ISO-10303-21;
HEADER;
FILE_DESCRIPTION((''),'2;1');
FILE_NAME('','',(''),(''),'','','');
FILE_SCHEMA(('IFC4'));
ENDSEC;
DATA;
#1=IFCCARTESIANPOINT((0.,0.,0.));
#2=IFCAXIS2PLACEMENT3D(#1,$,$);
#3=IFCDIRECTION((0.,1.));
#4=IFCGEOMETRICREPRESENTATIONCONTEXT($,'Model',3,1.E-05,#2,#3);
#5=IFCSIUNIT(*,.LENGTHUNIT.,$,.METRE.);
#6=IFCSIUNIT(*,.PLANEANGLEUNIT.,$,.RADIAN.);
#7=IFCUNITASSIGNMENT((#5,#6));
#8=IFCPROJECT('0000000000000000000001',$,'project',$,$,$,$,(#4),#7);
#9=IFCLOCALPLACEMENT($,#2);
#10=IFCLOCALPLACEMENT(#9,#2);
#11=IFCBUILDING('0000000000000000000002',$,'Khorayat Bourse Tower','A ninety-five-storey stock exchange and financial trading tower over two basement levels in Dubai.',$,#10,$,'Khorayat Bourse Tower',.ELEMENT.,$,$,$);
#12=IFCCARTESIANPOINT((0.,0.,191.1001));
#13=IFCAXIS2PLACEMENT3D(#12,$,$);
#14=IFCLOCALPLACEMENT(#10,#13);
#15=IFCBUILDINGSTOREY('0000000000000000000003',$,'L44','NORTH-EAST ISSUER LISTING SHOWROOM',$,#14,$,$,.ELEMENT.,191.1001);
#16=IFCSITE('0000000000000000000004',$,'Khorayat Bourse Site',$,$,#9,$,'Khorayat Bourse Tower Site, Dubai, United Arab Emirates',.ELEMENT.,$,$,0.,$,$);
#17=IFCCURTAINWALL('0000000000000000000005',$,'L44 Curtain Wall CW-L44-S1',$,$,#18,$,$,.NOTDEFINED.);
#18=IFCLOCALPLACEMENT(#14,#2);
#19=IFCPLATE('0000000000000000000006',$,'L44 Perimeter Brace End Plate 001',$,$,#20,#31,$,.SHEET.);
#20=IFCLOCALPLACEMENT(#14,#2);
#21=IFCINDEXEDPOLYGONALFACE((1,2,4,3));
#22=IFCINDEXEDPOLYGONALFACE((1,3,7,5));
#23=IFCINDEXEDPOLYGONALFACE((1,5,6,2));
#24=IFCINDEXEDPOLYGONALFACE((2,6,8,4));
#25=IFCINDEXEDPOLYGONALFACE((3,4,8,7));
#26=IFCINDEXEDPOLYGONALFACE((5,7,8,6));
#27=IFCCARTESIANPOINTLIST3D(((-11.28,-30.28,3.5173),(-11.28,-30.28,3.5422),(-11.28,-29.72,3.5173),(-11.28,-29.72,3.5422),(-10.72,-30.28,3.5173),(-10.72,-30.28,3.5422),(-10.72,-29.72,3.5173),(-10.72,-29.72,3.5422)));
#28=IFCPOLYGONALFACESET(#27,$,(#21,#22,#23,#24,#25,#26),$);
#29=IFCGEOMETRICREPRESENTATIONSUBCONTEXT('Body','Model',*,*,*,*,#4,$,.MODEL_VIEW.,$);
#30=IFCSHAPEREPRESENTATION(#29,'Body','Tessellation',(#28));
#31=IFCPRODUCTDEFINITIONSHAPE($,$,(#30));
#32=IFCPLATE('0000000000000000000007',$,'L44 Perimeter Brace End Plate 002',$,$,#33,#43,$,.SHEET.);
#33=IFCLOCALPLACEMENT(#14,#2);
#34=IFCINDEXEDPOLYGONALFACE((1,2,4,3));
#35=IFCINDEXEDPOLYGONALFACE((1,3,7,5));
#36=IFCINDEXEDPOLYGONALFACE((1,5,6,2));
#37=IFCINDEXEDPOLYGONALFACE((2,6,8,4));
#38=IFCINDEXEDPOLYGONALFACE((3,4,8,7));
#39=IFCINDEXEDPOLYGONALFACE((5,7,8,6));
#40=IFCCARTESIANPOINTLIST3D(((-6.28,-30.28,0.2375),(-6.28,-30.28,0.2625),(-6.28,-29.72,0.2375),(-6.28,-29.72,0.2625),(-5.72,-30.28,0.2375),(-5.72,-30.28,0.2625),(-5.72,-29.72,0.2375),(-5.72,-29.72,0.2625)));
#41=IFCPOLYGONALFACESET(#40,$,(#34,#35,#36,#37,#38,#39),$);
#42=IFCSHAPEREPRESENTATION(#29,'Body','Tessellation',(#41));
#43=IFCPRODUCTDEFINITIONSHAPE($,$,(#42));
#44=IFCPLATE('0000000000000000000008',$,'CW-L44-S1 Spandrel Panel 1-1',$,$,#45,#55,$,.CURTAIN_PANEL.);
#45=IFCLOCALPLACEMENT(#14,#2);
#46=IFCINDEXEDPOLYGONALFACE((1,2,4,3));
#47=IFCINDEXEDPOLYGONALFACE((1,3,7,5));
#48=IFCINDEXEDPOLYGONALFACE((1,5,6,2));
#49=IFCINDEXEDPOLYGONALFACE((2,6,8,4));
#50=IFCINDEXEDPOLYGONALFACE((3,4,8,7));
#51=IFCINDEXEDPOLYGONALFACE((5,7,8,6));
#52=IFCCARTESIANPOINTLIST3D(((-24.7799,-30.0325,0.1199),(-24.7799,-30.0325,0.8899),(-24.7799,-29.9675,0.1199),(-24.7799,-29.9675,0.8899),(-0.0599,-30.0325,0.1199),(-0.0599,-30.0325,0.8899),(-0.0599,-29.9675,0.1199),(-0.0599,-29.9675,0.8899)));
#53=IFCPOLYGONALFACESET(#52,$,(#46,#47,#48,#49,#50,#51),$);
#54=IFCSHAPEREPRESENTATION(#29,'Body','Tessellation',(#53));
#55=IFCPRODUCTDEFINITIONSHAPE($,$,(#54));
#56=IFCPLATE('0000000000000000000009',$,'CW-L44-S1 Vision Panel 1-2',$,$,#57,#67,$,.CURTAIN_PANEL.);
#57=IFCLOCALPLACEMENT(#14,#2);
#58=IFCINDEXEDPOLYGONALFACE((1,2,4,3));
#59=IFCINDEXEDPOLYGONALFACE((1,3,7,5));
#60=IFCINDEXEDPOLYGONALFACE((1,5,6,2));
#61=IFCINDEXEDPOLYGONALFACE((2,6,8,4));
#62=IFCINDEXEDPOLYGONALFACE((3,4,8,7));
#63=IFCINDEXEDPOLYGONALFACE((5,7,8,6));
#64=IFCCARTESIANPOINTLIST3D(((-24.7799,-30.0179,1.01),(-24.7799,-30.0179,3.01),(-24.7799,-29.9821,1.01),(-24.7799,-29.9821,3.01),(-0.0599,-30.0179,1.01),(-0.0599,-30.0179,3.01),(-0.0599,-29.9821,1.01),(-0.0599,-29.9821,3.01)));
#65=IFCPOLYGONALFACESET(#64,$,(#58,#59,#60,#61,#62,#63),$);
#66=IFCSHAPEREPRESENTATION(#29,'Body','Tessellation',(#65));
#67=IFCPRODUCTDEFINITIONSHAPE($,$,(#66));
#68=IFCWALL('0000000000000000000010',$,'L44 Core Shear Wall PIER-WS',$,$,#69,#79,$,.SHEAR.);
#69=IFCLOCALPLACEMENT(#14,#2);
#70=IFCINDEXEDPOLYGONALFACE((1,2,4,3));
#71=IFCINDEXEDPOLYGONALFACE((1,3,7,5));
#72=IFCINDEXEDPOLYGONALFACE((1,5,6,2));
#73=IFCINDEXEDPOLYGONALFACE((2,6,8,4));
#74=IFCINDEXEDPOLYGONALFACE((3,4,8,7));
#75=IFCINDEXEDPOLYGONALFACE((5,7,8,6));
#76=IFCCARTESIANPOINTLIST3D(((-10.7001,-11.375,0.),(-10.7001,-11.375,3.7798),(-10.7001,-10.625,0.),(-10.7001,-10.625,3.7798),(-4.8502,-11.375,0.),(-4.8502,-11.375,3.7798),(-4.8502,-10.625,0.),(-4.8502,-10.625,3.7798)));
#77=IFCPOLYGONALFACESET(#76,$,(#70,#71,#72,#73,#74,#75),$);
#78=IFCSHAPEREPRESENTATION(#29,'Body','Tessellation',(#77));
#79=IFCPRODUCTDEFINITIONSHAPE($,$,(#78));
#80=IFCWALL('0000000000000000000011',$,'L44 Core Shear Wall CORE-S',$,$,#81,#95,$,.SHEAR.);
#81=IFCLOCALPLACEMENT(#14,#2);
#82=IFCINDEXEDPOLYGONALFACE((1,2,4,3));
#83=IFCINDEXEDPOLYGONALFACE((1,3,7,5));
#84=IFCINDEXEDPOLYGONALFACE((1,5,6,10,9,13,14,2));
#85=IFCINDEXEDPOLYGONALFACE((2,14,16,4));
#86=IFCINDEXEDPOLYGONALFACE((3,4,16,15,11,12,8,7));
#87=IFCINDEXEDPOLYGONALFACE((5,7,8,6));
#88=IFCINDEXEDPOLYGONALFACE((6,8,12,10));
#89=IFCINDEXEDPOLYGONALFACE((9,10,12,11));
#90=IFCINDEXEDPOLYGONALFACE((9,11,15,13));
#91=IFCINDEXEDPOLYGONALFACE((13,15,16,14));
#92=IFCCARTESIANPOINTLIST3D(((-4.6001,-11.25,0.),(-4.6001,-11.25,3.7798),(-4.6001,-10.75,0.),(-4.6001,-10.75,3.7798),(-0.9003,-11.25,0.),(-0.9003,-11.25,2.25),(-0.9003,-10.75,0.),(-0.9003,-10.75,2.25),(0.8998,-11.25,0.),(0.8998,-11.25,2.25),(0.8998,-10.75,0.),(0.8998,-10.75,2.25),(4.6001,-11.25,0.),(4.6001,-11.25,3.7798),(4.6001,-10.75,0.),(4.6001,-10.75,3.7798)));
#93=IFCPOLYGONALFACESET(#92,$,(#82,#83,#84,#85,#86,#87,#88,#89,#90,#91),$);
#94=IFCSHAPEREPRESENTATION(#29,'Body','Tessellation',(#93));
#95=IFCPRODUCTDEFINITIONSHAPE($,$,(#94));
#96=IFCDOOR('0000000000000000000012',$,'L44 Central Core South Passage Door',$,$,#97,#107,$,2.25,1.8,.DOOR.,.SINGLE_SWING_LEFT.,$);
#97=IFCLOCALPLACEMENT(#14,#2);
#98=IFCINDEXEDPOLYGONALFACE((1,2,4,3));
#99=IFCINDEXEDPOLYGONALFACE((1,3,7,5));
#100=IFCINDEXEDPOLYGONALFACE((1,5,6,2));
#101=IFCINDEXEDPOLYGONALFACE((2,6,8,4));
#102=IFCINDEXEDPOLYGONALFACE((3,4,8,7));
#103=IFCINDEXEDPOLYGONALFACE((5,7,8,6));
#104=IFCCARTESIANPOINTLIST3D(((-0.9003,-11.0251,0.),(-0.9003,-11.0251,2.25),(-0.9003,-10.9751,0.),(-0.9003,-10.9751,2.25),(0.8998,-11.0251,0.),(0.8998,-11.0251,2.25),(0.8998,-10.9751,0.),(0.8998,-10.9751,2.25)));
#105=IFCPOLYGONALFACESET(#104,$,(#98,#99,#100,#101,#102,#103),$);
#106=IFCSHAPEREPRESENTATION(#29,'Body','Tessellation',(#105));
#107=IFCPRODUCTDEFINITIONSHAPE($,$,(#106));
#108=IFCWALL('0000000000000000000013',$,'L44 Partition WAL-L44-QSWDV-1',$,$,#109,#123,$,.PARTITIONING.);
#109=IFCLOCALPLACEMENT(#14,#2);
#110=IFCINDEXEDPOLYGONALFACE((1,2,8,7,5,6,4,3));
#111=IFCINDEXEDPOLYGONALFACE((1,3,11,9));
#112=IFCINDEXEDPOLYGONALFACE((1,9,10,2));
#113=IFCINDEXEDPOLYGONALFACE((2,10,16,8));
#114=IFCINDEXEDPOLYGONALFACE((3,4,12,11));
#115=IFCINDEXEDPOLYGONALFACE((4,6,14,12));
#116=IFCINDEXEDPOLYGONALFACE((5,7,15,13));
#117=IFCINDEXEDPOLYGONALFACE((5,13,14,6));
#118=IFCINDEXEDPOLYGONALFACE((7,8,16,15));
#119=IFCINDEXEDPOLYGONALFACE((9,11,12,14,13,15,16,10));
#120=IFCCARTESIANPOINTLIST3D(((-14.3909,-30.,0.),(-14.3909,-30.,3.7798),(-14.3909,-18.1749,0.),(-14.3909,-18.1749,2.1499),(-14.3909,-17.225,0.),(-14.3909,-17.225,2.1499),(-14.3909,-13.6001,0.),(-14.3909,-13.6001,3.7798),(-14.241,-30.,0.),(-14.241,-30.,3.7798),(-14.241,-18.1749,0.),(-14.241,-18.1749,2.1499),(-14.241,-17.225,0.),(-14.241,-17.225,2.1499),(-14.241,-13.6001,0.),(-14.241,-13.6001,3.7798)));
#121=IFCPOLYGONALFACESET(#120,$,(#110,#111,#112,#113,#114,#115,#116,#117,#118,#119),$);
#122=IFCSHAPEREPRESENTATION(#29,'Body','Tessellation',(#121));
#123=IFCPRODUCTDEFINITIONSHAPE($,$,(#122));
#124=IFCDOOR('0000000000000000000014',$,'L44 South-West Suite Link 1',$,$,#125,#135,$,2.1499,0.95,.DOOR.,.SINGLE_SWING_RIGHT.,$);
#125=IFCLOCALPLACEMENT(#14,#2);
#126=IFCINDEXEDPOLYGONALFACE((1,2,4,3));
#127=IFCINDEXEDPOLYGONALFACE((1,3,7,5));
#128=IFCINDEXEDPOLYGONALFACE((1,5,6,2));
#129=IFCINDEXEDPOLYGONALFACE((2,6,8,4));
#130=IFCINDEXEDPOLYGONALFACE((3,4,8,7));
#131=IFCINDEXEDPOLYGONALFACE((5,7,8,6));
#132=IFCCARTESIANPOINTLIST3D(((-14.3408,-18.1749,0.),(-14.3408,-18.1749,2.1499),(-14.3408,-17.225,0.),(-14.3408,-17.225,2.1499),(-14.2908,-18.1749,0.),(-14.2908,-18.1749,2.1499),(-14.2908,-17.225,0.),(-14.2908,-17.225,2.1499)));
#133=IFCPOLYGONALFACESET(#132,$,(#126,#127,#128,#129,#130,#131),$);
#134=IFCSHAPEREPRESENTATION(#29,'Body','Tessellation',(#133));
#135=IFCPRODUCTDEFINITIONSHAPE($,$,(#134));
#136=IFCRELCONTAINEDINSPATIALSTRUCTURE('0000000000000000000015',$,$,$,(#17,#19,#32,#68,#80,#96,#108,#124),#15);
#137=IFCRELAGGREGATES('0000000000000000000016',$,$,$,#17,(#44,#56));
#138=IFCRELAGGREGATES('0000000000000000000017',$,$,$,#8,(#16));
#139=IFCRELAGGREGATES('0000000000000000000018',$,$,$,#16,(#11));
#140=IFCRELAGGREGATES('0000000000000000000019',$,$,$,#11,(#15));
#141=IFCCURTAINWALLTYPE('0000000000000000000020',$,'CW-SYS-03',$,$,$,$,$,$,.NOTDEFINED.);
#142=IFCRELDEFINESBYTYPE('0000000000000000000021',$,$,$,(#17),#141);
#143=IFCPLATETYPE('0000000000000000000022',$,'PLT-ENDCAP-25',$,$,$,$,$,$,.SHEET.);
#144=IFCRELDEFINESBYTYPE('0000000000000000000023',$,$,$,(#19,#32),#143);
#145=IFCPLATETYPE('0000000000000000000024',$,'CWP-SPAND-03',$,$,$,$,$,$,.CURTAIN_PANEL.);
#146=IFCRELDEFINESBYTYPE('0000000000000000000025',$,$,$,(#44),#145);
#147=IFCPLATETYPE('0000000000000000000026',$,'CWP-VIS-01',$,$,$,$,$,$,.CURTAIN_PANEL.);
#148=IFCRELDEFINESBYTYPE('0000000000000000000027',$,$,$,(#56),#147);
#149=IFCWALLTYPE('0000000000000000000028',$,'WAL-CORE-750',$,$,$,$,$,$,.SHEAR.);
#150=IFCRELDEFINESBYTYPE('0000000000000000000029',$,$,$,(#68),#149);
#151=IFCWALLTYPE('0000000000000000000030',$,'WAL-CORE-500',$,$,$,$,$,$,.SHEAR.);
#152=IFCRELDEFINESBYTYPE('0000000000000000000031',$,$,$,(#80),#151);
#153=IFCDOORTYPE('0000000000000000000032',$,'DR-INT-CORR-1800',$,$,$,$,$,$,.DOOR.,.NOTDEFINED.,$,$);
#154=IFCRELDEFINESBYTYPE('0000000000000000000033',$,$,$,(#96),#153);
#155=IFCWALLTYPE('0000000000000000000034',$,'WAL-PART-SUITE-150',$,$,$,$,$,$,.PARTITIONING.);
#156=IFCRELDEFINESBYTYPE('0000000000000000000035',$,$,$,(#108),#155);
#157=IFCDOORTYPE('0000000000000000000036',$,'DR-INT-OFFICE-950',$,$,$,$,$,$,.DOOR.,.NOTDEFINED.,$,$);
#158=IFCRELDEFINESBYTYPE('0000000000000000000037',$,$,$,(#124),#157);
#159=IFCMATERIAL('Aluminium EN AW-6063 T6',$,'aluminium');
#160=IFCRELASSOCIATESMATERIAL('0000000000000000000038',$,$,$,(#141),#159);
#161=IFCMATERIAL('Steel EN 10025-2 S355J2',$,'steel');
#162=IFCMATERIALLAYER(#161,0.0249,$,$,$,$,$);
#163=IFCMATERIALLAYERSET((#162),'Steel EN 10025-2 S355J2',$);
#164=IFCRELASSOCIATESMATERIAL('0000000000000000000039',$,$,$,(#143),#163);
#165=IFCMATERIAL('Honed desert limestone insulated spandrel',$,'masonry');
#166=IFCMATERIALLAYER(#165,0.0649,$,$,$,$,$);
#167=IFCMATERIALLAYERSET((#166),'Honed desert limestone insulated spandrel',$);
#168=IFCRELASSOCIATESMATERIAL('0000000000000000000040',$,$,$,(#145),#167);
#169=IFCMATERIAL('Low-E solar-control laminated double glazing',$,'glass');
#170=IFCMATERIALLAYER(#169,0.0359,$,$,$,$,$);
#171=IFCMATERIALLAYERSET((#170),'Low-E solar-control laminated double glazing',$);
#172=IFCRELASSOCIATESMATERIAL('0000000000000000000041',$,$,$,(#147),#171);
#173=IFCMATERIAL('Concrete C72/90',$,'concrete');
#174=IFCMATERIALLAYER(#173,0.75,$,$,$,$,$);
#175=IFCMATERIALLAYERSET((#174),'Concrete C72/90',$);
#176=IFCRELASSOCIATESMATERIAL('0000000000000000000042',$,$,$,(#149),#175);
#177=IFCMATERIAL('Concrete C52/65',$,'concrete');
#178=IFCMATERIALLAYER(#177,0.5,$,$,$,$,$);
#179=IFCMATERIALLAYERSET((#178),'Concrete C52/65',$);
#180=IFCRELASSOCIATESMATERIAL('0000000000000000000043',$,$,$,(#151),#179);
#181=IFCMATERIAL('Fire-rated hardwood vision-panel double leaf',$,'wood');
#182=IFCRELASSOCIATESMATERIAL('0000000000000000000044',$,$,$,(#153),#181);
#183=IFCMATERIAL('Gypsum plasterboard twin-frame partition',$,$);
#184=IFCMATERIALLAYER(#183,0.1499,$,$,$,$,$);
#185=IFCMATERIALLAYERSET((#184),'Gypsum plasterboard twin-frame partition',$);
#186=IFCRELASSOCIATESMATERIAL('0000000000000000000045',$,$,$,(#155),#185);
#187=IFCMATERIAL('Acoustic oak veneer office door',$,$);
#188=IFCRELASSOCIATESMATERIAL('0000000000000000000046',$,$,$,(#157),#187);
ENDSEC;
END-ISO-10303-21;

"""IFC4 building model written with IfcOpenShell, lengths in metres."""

from ifc_helpers import new_model, si_unit, direction, frame, frame_2d, origin, origin_2d, place, context, subcontext, project, spatial, rectangle, extrude, source, transform, mapped, material, layer, layer_set, type_object, element, fill, aggregate, save


model = new_model("IFC4")

# Units and contexts
model_context = context("Model", 3, precision=1e-05, world=origin(), true_north=direction((0.0, 1.0)))
body_context = subcontext(model_context, "Body", "Model", "MODEL_VIEW")
ifc_project = project(units=[si_unit("LENGTHUNIT", "METRE"), si_unit("PLANEANGLEUNIT", "RADIAN")], contexts=[model_context])

# Site, building, storey
site_placement = place(None, origin())
site = spatial("IfcSite", under=ifc_project, at=site_placement, Name="Khorayat Bourse Site", LongName="Khorayat Bourse Tower Site, Dubai, United Arab Emirates", CompositionType="ELEMENT", RefElevation=0.0)
building_placement = place(site_placement, origin())
building = spatial("IfcBuilding", under=site, at=building_placement, Name="Khorayat Bourse Tower", Description="A ninety-five-storey stock exchange and financial trading tower over two basement levels in Dubai.", LongName="Khorayat Bourse Tower", CompositionType="ELEMENT")
storey_placement = place(building_placement, frame((0.0, 0.0, 191.1001)))
storey = spatial("IfcBuildingStorey", under=building, at=storey_placement, Name="L44", Description="NORTH-EAST ISSUER LISTING SHOWROOM", CompositionType="ELEMENT", Elevation=191.1001)

# Shared definitions
ifc_material_1 = material(Name="Concrete C72/90", Category="concrete")

# Curtain wall
ifc_material_2 = material(Name="Aluminium EN AW-6063 T6", Category="aluminium")
curtain_wall_type = type_object("IfcCurtainWallType", Name="CW-SYS-03", PredefinedType="NOTDEFINED", material=ifc_material_2)
curtain_wall_placement = place(storey_placement, origin())
curtain_wall = element("IfcCurtainWall", 1, at=curtain_wall_placement, inside=storey, type_object=curtain_wall_type, Name="L44 Curtain Wall CW-L44-S1", PredefinedType="NOTDEFINED")

# Plates
ifc_material_3 = material(Name="Steel EN 10025-2 S355J2", Category="steel")
ifc_layer_1 = layer(ifc_material_3, 0.0249)
ifc_layer_set_1 = layer_set([ifc_layer_1], Name="Steel EN 10025-2 S355J2")
plate_type_1 = type_object("IfcPlateType", Name="PLT-ENDCAP-25", PredefinedType="SHEET", material=ifc_layer_set_1)
shared_shape_1 = source(origin(), body_context, "Body", "SweptSolid", [
    extrude(rectangle(XDim=0.5601, YDim=0.5601, at=origin_2d()), origin(), (0.0, 0.0, 1.0), 0.0249),
])
for number, where, z_axis, x_axis, name in (
    (2, (-11.0, -30.0, 3.5173), (0.0, 0.0, 1.0), (1.0, 0.0, 0.0), "L44 Perimeter Brace End Plate 001"),
    (3, (-6.0, -30.0, 0.2375), (0.0, 0.0, 1.0), (1.0, 0.0, 0.0), "L44 Perimeter Brace End Plate 002"),
):
    element("IfcPlate", number, at=place(storey_placement, frame(where, z_axis=z_axis, x_axis=x_axis)), inside=storey, type_object=plate_type_1, Name=name, PredefinedType="SHEET", context=body_context, shape_type="MappedRepresentation", body=[
        mapped(shared_shape_1, transform((0.0, 0.0, 0.0), scale=1.0)),
    ])

# Plates
ifc_material_4 = material(Name="Honed desert limestone insulated spandrel", Category="masonry")
ifc_layer_2 = layer(ifc_material_4, 0.0649)
ifc_layer_set_2 = layer_set([ifc_layer_2], Name="Honed desert limestone insulated spandrel")
plate_type_2 = type_object("IfcPlateType", Name="CWP-SPAND-03", PredefinedType="CURTAIN_PANEL", material=ifc_layer_set_2)
shared_shape_2 = source(origin(), body_context, "Body", "SweptSolid", [
    extrude(rectangle(XDim=24.72, YDim=0.0649, at=origin_2d()), origin(), (0.0, 0.0, 1.0), 0.77),
])
plate_1_placement = place(storey_placement, frame((-12.4199, -30.0, 0.1199), z_axis=(0.0, 0.0, 1.0), x_axis=(1.0, 0.0, 0.0)))
plate_1 = element("IfcPlate", 4, at=plate_1_placement, type_object=plate_type_2, Name="CW-L44-S1 Spandrel Panel 1-1", PredefinedType="CURTAIN_PANEL", context=body_context, shape_type="MappedRepresentation", body=[
    mapped(shared_shape_2, transform((0.0, 0.0, 0.0), scale=1.0)),
])
ifc_material_5 = material(Name="Low-E solar-control laminated double glazing", Category="glass")
ifc_layer_3 = layer(ifc_material_5, 0.0359)
ifc_layer_set_3 = layer_set([ifc_layer_3], Name="Low-E solar-control laminated double glazing")
plate_type_3 = type_object("IfcPlateType", Name="CWP-VIS-01", PredefinedType="CURTAIN_PANEL", material=ifc_layer_set_3)
shared_shape_3 = source(origin(), body_context, "Body", "SweptSolid", [
    extrude(rectangle(XDim=24.72, YDim=0.0359, at=origin_2d()), origin(), (0.0, 0.0, 1.0), 2.0),
])
plate_2_placement = place(storey_placement, frame((-12.4199, -30.0, 1.01), z_axis=(0.0, 0.0, 1.0), x_axis=(1.0, 0.0, 0.0)))
plate_2 = element("IfcPlate", 5, at=plate_2_placement, type_object=plate_type_3, Name="CW-L44-S1 Vision Panel 1-2", PredefinedType="CURTAIN_PANEL", context=body_context, shape_type="MappedRepresentation", body=[
    mapped(shared_shape_3, transform((0.0, 0.0, 0.0), scale=1.0)),
])
aggregate(curtain_wall, [plate_1, plate_2])

# Wall
ifc_layer_4 = layer(ifc_material_1, 0.75)
ifc_layer_set_4 = layer_set([ifc_layer_4], Name="Concrete C72/90")
wall_type_1 = type_object("IfcWallType", Name="WAL-CORE-750", PredefinedType="SHEAR", material=ifc_layer_set_4)
shared_shape_4 = source(origin(), body_context, "Body", "SweptSolid", [
    extrude(rectangle(XDim=5.8499, YDim=0.75, at=frame_2d((2.9248, 0.0))), origin(), (0.0, 0.0, 1.0), 3.7798),
])
wall_1_placement = place(storey_placement, frame((-10.7, -11.0, 0.0), z_axis=(0.0, 0.0, 1.0), x_axis=(1.0, 0.0, 0.0)))
element("IfcWall", 6, at=wall_1_placement, inside=storey, type_object=wall_type_1, Name="L44 Core Shear Wall PIER-WS", PredefinedType="SHEAR", context=body_context, shape_type="MappedRepresentation", body=[
    mapped(shared_shape_4, transform((0.0, 0.0, 0.0), scale=1.0)),
])

# Walls, openings, doors
ifc_material_6 = material(Name="Concrete C52/65", Category="concrete")
ifc_layer_5 = layer(ifc_material_6, 0.5)
ifc_layer_set_5 = layer_set([ifc_layer_5], Name="Concrete C52/65")
wall_type_2 = type_object("IfcWallType", Name="WAL-CORE-500", PredefinedType="SHEAR", material=ifc_layer_set_5)
shared_shape_5 = source(origin(), body_context, "Body", "SweptSolid", [
    extrude(rectangle(XDim=9.2002, YDim=0.5, at=frame_2d((4.6001, 0.0))), origin(), (0.0, 0.0, 1.0), 3.7798),
])
wall_2_placement = place(storey_placement, frame((-4.6001, -11.0, 0.0), z_axis=(0.0, 0.0, 1.0), x_axis=(1.0, 0.0, 0.0)))
wall_2 = element("IfcWall", 7, at=wall_2_placement, inside=storey, type_object=wall_type_2, Name="L44 Core Shear Wall CORE-S", PredefinedType="SHEAR", context=body_context, shape_type="MappedRepresentation", body=[
    mapped(shared_shape_5, transform((0.0, 0.0, 0.0), scale=1.0)),
])
shared_shape_6 = source(origin(), body_context, "Body", "SweptSolid", [
    extrude(rectangle(XDim=1.8, YDim=2.25, at=frame_2d((0.8999, 1.125))), frame((0.0, 0.26, 0.0), z_axis=(0.0, -1.0, 0.0), x_axis=(1.0, 0.0, 0.0)), (0.0, 0.0, 1.0), 0.52),
])
opening_1_placement = place(wall_2_placement, frame((3.7, 0.0, 0.0)))
opening_1 = element("IfcOpeningElement", 8, at=opening_1_placement, cuts=wall_2, PredefinedType="OPENING", context=body_context, shape_type="MappedRepresentation", body=[
    mapped(shared_shape_6, transform((0.0, 0.0, 0.0), scale=1.0)),
])
ifc_material_7 = material(Name="Fire-rated hardwood vision-panel double leaf", Category="wood")
door_type_1 = type_object("IfcDoorType", Name="DR-INT-CORR-1800", OperationType="NOTDEFINED", PredefinedType="DOOR", material=ifc_material_7)
shared_shape_7 = source(origin(), body_context, "Body", "SweptSolid", [
    extrude(rectangle(XDim=1.8, YDim=2.25, at=frame_2d((0.8999, 1.125))), frame((0.0, 0.0249, 0.0), z_axis=(0.0, -1.0, 0.0), x_axis=(1.0, 0.0, 0.0)), (0.0, 0.0, 1.0), 0.05),
])
door_1_placement = place(opening_1_placement, origin())
door_1 = element("IfcDoor", 9, at=door_1_placement, inside=storey, type_object=door_type_1, Name="L44 Central Core South Passage Door", OperationType="SINGLE_SWING_LEFT", OverallHeight=2.25, OverallWidth=1.8, PredefinedType="DOOR", context=body_context, shape_type="MappedRepresentation", body=[
    mapped(shared_shape_7, transform((0.0, 0.0, 0.0), scale=1.0)),
])
fill(opening_1, door_1)
ifc_material_8 = material(Name="Gypsum plasterboard twin-frame partition")
ifc_layer_6 = layer(ifc_material_8, 0.1499)
ifc_layer_set_6 = layer_set([ifc_layer_6], Name="Gypsum plasterboard twin-frame partition")
wall_type_3 = type_object("IfcWallType", Name="WAL-PART-SUITE-150", PredefinedType="PARTITIONING", material=ifc_layer_set_6)
shared_shape_8 = source(origin(), body_context, "Body", "SweptSolid", [
    extrude(rectangle(XDim=16.3999, YDim=0.1499, at=frame_2d((8.2, 0.0))), origin(), (0.0, 0.0, 1.0), 3.7798),
])
wall_3_placement = place(storey_placement, frame((-14.3159, -30.0, 0.0), z_axis=(0.0, 0.0, 1.0), x_axis=(0.0, 1.0, 0.0)))
wall_3 = element("IfcWall", 10, at=wall_3_placement, inside=storey, type_object=wall_type_3, Name="L44 Partition WAL-L44-QSWDV-1", PredefinedType="PARTITIONING", context=body_context, shape_type="MappedRepresentation", body=[
    mapped(shared_shape_8, transform((0.0, 0.0, 0.0), scale=1.0)),
])
shared_shape_9 = source(origin(), body_context, "Body", "SweptSolid", [
    extrude(rectangle(XDim=0.95, YDim=2.1499, at=frame_2d((0.4751, 1.075))), frame((0.0, 0.085, 0.0), z_axis=(0.0, -1.0, 0.0), x_axis=(1.0, 0.0, 0.0)), (0.0, 0.0, 1.0), 0.1699),
])
opening_2_placement = place(wall_3_placement, frame((11.825, 0.0, 0.0)))
opening_2 = element("IfcOpeningElement", 11, at=opening_2_placement, cuts=wall_3, PredefinedType="OPENING", context=body_context, shape_type="MappedRepresentation", body=[
    mapped(shared_shape_9, transform((0.0, 0.0, 0.0), scale=1.0)),
])
ifc_material_9 = material(Name="Acoustic oak veneer office door")
door_type_2 = type_object("IfcDoorType", Name="DR-INT-OFFICE-950", OperationType="NOTDEFINED", PredefinedType="DOOR", material=ifc_material_9)
shared_shape_10 = source(origin(), body_context, "Body", "SweptSolid", [
    extrude(rectangle(XDim=0.95, YDim=2.1499, at=frame_2d((0.4751, 1.075))), frame((0.0, 0.0249, 0.0), z_axis=(0.0, -1.0, 0.0), x_axis=(1.0, 0.0, 0.0)), (0.0, 0.0, 1.0), 0.05),
])
door_2_placement = place(opening_2_placement, origin())
door_2 = element("IfcDoor", 12, at=door_2_placement, inside=storey, type_object=door_type_2, Name="L44 South-West Suite Link 1", OperationType="SINGLE_SWING_RIGHT", OverallHeight=2.1499, OverallWidth=0.95, PredefinedType="DOOR", context=body_context, shape_type="MappedRepresentation", body=[
    mapped(shared_shape_10, transform((0.0, 0.0, 0.0), scale=1.0)),
])
fill(opening_2, door_2)

save(model, "model.ifc")
